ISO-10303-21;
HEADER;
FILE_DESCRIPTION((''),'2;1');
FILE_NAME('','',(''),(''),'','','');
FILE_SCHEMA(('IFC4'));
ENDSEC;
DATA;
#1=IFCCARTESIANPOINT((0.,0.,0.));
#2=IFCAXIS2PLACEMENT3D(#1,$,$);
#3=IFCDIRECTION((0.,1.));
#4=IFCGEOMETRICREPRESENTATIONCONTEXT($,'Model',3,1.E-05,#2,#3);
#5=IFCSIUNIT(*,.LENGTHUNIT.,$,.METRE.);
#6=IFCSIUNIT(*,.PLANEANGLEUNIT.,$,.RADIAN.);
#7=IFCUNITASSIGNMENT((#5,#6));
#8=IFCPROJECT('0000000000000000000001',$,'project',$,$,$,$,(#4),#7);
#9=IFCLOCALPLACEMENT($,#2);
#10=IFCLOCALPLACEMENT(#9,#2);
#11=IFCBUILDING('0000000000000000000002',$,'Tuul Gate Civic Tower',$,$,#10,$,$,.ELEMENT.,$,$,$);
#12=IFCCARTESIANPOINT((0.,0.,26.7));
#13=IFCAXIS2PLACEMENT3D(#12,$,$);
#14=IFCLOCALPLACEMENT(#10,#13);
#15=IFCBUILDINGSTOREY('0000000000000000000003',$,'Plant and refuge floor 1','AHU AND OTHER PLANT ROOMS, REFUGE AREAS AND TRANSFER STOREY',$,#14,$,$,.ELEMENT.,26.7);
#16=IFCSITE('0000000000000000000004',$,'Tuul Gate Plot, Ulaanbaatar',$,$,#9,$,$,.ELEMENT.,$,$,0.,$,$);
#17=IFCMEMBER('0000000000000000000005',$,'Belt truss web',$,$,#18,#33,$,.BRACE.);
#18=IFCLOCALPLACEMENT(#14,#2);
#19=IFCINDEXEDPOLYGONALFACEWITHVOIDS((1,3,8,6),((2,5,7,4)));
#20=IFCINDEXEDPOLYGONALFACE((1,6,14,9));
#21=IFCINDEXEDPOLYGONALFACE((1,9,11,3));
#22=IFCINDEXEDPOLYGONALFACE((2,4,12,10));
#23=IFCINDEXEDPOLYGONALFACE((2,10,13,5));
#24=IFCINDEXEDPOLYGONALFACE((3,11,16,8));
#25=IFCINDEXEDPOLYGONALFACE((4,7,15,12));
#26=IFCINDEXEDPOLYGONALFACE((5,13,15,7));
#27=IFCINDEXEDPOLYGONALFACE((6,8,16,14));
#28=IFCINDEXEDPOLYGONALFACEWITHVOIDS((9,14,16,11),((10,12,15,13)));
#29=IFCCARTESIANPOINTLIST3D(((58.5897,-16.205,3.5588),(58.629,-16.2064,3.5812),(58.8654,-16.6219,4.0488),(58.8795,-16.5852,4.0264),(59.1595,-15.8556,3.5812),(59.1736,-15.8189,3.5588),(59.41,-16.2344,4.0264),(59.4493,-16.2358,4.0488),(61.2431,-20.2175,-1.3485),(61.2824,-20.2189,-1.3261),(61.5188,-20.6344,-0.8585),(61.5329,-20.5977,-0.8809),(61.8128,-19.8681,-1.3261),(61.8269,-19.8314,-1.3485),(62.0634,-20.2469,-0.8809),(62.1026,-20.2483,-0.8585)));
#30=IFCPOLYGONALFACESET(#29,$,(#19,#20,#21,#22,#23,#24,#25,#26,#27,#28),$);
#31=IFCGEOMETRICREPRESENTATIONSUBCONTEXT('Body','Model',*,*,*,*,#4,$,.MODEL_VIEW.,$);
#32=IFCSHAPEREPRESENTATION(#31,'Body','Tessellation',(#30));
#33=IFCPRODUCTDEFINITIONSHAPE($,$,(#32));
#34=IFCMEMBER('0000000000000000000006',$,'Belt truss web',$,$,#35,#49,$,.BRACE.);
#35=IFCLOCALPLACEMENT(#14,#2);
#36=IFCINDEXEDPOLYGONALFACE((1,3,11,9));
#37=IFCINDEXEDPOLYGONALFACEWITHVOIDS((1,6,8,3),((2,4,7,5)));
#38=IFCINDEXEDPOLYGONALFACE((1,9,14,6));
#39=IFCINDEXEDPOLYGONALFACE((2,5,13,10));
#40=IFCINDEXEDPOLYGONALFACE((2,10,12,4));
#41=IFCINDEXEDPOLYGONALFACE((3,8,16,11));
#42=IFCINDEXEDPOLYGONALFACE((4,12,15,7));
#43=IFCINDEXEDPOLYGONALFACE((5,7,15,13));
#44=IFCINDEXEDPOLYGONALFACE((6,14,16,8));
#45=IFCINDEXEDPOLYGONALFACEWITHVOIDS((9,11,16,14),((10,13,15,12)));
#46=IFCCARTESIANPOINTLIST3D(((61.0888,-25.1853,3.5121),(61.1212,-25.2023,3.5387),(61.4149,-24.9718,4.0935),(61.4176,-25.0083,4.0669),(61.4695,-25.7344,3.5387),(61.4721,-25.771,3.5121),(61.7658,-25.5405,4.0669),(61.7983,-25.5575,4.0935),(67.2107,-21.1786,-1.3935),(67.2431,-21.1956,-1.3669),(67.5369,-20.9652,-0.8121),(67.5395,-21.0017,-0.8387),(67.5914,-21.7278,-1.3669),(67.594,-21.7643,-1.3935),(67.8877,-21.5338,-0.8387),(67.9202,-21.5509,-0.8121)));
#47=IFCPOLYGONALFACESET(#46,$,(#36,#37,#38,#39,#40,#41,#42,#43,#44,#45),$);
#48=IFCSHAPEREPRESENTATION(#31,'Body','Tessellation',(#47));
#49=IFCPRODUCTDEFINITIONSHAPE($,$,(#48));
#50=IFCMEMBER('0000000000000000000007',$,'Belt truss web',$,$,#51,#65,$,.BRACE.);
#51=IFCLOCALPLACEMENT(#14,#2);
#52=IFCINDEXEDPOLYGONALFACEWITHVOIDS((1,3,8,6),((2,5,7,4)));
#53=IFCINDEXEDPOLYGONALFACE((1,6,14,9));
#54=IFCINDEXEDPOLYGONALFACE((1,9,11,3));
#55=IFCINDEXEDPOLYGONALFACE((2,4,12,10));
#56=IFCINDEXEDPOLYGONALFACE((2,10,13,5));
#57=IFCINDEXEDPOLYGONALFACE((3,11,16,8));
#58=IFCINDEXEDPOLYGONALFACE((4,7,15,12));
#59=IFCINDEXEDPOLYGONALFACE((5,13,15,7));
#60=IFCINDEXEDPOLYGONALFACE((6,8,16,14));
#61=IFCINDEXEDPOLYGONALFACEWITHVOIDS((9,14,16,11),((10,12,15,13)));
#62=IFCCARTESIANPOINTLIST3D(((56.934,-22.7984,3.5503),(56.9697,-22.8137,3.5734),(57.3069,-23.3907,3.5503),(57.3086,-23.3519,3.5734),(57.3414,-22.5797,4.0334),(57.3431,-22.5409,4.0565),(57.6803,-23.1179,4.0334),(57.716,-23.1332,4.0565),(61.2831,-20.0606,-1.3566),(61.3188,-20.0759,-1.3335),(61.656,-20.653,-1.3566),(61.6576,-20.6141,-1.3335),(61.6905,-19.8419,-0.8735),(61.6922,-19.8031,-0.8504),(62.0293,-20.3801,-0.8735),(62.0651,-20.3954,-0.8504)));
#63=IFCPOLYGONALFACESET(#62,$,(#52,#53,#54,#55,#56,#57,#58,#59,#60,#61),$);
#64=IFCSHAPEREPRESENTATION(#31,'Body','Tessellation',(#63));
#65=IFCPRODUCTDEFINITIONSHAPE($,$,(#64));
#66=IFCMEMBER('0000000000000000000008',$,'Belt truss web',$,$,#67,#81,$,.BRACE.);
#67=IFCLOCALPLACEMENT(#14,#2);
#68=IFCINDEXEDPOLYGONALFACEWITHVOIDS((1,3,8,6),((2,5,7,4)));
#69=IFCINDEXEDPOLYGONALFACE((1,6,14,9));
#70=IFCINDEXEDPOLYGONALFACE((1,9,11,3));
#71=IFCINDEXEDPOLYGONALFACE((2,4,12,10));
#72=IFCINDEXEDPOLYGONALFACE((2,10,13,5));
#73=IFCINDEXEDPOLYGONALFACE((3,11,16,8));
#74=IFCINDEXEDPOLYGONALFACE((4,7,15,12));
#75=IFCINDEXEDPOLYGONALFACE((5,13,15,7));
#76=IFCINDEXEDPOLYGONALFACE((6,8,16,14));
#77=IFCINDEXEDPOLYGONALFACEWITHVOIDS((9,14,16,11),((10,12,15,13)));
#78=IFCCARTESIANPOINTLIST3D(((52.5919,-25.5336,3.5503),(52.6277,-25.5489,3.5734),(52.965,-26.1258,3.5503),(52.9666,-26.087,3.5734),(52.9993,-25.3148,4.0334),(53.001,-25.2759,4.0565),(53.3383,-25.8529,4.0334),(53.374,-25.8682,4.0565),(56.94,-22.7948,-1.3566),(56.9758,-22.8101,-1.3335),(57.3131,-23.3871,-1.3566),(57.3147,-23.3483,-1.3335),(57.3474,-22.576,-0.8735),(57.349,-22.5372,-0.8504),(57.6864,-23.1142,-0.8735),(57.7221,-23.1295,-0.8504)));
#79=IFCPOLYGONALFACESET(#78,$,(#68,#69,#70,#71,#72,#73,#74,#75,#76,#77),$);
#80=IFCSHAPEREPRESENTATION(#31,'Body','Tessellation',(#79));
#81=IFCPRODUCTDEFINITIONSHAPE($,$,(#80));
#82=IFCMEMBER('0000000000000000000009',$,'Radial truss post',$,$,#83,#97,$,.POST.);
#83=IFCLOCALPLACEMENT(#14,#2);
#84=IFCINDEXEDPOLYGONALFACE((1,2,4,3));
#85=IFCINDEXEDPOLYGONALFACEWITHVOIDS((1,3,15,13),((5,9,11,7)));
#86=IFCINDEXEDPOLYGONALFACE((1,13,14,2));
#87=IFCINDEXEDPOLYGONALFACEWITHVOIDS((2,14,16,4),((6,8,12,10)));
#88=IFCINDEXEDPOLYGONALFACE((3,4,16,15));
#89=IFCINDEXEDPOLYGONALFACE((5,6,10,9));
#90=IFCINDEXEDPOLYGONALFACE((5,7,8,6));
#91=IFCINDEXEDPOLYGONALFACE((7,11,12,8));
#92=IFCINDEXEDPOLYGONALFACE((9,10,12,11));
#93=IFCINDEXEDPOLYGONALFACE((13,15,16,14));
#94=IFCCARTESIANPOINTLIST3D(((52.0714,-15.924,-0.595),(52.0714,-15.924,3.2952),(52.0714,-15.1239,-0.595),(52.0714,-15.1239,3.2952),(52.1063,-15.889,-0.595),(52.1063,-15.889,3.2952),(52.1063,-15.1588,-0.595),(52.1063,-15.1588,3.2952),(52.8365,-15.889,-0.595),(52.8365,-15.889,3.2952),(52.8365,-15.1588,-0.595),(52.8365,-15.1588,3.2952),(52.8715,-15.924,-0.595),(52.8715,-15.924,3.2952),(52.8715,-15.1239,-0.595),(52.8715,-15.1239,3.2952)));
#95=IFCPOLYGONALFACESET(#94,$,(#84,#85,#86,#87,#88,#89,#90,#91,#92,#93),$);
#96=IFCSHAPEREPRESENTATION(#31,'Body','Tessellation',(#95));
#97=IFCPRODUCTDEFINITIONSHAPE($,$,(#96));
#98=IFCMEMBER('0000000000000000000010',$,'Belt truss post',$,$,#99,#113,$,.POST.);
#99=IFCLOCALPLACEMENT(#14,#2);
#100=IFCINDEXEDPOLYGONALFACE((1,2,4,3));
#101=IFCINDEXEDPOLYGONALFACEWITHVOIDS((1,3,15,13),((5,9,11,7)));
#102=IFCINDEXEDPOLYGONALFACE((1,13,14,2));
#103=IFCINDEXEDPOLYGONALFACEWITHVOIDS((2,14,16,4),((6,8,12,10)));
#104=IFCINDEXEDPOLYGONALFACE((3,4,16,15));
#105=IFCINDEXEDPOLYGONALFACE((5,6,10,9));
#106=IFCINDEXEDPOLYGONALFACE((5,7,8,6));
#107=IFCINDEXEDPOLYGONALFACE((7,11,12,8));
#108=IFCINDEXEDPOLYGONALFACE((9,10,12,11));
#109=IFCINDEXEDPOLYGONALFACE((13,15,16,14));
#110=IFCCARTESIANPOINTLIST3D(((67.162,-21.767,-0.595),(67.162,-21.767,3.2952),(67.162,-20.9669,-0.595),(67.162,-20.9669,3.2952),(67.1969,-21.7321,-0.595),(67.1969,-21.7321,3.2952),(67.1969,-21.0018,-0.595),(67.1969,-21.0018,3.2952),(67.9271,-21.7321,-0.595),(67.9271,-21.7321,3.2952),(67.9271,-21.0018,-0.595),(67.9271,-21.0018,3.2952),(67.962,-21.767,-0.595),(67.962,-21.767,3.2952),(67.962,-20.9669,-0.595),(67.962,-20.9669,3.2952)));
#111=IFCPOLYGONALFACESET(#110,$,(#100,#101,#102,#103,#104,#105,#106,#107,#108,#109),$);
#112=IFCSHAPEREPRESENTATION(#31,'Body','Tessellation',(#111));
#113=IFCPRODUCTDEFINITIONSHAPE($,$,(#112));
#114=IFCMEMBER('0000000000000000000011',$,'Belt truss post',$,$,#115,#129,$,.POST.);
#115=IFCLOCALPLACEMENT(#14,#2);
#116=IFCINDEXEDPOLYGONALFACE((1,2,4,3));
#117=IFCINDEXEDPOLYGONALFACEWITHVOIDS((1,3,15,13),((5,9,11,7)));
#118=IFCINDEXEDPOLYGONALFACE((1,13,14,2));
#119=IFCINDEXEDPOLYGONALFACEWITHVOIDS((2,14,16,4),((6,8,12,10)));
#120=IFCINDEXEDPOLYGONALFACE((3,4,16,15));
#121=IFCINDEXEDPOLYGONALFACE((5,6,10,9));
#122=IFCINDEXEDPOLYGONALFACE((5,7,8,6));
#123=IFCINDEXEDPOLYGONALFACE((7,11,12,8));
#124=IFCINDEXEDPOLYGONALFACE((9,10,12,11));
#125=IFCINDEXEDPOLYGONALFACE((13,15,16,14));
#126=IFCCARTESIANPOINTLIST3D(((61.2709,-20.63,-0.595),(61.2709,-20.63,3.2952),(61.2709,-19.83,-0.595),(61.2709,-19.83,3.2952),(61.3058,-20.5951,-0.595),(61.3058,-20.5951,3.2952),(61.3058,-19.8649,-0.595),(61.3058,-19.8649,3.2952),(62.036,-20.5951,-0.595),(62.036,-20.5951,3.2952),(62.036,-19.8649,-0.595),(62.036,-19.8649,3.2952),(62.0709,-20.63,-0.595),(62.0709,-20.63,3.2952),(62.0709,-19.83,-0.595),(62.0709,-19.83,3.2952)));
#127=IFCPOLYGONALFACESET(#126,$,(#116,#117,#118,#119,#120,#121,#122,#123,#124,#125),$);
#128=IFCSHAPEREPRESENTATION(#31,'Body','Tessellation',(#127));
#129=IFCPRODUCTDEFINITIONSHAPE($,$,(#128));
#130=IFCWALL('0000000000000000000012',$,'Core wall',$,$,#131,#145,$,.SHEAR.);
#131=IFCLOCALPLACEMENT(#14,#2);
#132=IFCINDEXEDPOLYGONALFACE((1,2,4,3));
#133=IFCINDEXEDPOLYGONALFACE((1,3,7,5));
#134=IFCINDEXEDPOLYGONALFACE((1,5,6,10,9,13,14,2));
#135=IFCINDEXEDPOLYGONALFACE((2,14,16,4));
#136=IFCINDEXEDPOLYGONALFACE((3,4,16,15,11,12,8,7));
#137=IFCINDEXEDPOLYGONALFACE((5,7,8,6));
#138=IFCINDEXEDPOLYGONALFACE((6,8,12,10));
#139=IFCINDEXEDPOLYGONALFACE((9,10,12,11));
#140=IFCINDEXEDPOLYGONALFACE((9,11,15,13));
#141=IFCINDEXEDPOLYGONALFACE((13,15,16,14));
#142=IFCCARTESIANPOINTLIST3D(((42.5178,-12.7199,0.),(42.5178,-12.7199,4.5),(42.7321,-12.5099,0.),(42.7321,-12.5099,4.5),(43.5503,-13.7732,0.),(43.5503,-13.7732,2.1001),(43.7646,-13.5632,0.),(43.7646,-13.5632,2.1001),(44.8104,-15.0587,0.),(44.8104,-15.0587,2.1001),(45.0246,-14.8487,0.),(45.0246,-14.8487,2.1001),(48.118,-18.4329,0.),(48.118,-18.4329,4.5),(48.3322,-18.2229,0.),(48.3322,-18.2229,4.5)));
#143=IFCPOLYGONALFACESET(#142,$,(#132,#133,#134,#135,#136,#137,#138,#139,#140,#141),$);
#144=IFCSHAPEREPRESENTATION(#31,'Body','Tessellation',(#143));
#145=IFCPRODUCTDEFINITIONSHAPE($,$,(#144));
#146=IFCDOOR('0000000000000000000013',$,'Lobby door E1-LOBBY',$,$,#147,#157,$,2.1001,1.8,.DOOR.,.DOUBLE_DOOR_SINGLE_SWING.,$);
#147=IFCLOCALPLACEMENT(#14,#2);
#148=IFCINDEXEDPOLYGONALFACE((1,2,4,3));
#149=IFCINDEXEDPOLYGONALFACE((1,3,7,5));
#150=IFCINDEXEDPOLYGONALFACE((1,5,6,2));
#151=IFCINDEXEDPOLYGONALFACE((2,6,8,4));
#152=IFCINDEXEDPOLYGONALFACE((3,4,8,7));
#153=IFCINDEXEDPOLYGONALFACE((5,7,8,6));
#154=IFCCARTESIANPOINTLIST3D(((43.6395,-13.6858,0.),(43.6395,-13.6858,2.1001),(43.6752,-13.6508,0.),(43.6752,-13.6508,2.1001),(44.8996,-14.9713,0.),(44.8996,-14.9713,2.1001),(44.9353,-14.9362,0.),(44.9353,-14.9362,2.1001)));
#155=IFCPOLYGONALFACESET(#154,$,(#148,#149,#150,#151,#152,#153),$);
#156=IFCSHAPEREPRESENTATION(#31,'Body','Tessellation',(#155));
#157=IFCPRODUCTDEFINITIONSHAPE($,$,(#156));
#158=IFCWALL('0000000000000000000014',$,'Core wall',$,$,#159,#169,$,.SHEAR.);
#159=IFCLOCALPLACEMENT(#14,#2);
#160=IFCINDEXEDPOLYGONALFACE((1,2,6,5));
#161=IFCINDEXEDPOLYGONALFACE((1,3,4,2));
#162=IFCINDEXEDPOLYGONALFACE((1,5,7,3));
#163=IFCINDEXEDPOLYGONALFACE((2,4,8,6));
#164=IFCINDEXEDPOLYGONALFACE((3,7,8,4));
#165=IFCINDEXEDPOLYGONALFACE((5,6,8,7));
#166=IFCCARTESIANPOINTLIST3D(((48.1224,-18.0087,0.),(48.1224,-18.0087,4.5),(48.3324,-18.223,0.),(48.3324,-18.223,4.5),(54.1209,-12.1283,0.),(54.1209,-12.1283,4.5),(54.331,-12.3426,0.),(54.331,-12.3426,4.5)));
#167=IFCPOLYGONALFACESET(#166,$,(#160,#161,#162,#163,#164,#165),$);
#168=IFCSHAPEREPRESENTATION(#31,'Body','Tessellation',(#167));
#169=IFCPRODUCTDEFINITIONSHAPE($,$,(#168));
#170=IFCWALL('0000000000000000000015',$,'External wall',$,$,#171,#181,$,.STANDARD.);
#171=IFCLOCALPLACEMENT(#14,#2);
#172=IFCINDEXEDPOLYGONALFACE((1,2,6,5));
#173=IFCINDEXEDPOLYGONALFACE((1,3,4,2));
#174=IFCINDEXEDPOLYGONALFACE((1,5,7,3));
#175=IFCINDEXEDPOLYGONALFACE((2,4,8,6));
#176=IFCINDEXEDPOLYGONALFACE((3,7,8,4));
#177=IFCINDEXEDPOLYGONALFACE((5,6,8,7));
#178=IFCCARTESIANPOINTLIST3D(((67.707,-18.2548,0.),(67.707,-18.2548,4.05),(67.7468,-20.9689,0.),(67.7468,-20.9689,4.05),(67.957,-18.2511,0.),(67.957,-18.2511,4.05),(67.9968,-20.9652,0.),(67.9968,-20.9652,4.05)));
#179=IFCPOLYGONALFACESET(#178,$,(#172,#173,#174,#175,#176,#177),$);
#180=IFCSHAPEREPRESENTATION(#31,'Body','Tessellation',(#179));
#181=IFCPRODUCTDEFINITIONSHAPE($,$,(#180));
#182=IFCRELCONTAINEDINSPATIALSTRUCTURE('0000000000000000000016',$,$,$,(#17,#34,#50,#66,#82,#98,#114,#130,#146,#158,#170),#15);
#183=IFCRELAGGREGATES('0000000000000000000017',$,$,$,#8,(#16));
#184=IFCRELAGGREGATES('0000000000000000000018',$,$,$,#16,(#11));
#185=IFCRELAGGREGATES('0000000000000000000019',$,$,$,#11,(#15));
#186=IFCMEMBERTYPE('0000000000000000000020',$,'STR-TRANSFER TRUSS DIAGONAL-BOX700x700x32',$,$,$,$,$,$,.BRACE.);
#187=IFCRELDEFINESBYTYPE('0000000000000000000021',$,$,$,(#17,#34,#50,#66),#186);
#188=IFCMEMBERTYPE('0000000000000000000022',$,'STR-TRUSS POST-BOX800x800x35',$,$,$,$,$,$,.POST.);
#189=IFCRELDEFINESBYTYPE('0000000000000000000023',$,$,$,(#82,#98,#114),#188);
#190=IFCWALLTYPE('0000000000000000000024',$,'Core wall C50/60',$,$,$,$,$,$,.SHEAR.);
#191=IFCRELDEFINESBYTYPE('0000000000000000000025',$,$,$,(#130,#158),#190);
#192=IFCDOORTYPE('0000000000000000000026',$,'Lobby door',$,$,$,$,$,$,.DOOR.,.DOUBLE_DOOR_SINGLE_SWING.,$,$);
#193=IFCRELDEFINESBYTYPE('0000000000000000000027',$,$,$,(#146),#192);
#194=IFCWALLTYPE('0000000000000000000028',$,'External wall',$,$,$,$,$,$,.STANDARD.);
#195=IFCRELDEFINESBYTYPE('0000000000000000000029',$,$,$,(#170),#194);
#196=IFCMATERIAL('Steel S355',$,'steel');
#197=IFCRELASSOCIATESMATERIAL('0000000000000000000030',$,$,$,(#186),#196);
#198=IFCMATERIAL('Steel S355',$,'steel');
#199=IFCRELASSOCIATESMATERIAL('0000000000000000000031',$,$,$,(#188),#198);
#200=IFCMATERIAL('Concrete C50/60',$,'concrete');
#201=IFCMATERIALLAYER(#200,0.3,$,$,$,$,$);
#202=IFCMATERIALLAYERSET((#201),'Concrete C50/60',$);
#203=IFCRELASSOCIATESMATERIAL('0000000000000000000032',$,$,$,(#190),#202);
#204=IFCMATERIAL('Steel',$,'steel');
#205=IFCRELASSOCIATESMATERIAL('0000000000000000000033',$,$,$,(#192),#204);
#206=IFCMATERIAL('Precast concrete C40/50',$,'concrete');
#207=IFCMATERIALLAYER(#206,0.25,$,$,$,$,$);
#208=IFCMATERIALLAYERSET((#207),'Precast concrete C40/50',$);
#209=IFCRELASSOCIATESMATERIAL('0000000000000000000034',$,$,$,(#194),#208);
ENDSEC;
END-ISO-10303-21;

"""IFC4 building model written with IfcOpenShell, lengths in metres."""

from ifc_helpers import new_model, si_unit, direction, frame, frame_2d, origin, origin_2d, place, context, subcontext, project, spatial, rectangle, hollow_rectangle, extrude, material, layer, layer_set, material_profile, profile_set, type_object, element, fill, save


model = new_model("IFC4")

# Units and contexts
model_context = context("Model", 3, precision=1e-05, world=origin(), true_north=direction((0.0, 1.0)))
body_context = subcontext(model_context, "Body", "Model", "MODEL_VIEW")
ifc_project = project(units=[si_unit("LENGTHUNIT", "METRE"), si_unit("PLANEANGLEUNIT", "RADIAN")], contexts=[model_context])

# Site, building, storey
site_placement = place(None, origin())
site = spatial("IfcSite", under=ifc_project, at=site_placement, Name="Tuul Gate Plot, Ulaanbaatar", CompositionType="ELEMENT", RefElevation=0.0)
building_placement = place(site_placement, origin())
building = spatial("IfcBuilding", under=site, at=building_placement, Name="Tuul Gate Civic Tower", CompositionType="ELEMENT")
storey_placement = place(building_placement, frame((0.0, 0.0, 26.7)))
storey = spatial("IfcBuildingStorey", under=building, at=storey_placement, Name="Plant and refuge floor 1", Description="AHU AND OTHER PLANT ROOMS, REFUGE AREAS AND TRANSFER STOREY", CompositionType="ELEMENT", Elevation=26.7)

# Members
ifc_material_1 = material(Name="Steel S355", Category="steel")
ifc_material_profile_1 = material_profile(ifc_material_1, hollow_rectangle(XDim=0.7, YDim=0.7, WallThickness=0.032, at=origin_2d()), Name="BOX700x700x32")
ifc_profile_set_1 = profile_set([ifc_material_profile_1], Name="Steel S355")
member_type_1 = type_object("IfcMemberType", Name="STR-TRANSFER TRUSS DIAGONAL-BOX700x700x32", PredefinedType="BRACE", material=ifc_profile_set_1)
member_1_placement = place(storey_placement, frame((61.6729, -20.2329, -1.1035), z_axis=(-0.386121, 0.583907, 0.714118), x_axis=(-0.834121, -0.551581, 0.0)))
element("IfcMember", 1, at=member_1_placement, inside=storey, type_object=member_type_1, Name="Belt truss web", PredefinedType="BRACE", context=body_context, shape_type="SweptSolid", body=[
    extrude(hollow_rectangle(XDim=0.7, YDim=0.7, WallThickness=0.032, at=origin_2d()), origin(), (0.0, 0.0, 1.0), 6.8718),
])
member_2_placement = place(storey_placement, frame((67.5654, -21.3647, -1.1028), z_axis=(-0.694973, -0.454844, 0.556893), x_axis=(0.547619, -0.836728, 0.0)))
element("IfcMember", 2, at=member_2_placement, inside=storey, type_object=member_type_1, Name="Belt truss web", PredefinedType="BRACE", context=body_context, shape_type="SweptSolid", body=[
    extrude(hollow_rectangle(XDim=0.7, YDim=0.7, WallThickness=0.032, at=origin_2d()), origin(), (0.0, 0.0, 1.0), 8.8088),
])
member_3_placement = place(storey_placement, frame((61.6741, -20.228, -1.1035), z_axis=(-0.612074, -0.385303, 0.690584), x_axis=(0.532738, -0.84628, 0.0)))
element("IfcMember", 3, at=member_3_placement, inside=storey, type_object=member_type_1, Name="Belt truss web", PredefinedType="BRACE", context=body_context, shape_type="SweptSolid", body=[
    extrude(hollow_rectangle(XDim=0.7, YDim=0.7, WallThickness=0.032, at=origin_2d()), origin(), (0.0, 0.0, 1.0), 7.1055),
])
member_4_placement = place(storey_placement, frame((57.3311, -22.9622, -1.1035), z_axis=(-0.611955, -0.385453, 0.690606), x_axis=(0.532959, -0.846141, 0.0)))
element("IfcMember", 4, at=member_4_placement, inside=storey, type_object=member_type_1, Name="Belt truss web", PredefinedType="BRACE", context=body_context, shape_type="SweptSolid", body=[
    extrude(hollow_rectangle(XDim=0.7, YDim=0.7, WallThickness=0.032, at=origin_2d()), origin(), (0.0, 0.0, 1.0), 7.1052),
])
ifc_material_2 = material(Name="Steel S355", Category="steel")
ifc_material_profile_2 = material_profile(ifc_material_2, hollow_rectangle(XDim=0.8, YDim=0.8, WallThickness=0.0349, at=origin_2d()), Name="BOX800x800x35")
ifc_profile_set_2 = profile_set([ifc_material_profile_2], Name="Steel S355")
member_type_2 = type_object("IfcMemberType", Name="STR-TRUSS POST-BOX800x800x35", PredefinedType="POST", material=ifc_profile_set_2)
for number, where, z_axis, x_axis, name in (
    (5, (52.4714, -15.5239, -0.595), (0.0, 0.0, 1.0), (1.0, 0.0, 0.0), "Radial truss post"),
    (6, (67.562, -21.3669, -0.595), (0.0, 0.0, 1.0), (1.0, 0.0, 0.0), "Belt truss post"),
    (7, (61.6709, -20.23, -0.595), (0.0, 0.0, 1.0), (1.0, 0.0, 0.0), "Belt truss post"),
):
    element("IfcMember", number, at=place(storey_placement, frame(where, z_axis=z_axis, x_axis=x_axis)), inside=storey, type_object=member_type_2, Name=name, PredefinedType="POST", context=body_context, shape_type="SweptSolid", body=[
        extrude(hollow_rectangle(XDim=0.8, YDim=0.8, WallThickness=0.0349, at=origin_2d()), origin(), (0.0, 0.0, 1.0), 3.8901),
    ])

# Wall, opening, door
ifc_material_3 = material(Name="Concrete C50/60", Category="concrete")
ifc_layer_1 = layer(ifc_material_3, 0.3)
ifc_layer_set_1 = layer_set([ifc_layer_1], Name="Concrete C50/60")
wall_type_1 = type_object("IfcWallType", Name="Core wall C50/60", PredefinedType="SHEAR", material=ifc_layer_set_1)
wall_1_placement = place(storey_placement, frame((48.2251, -18.3279, 0.0), z_axis=(0.0, 0.0, 1.0), x_axis=(-0.700022, 0.714121, 0.0)))
wall_1 = element("IfcWall", 8, at=wall_1_placement, inside=storey, type_object=wall_type_1, Name="Core wall", PredefinedType="SHEAR", context=body_context, shape_type="SweptSolid", body=[
    extrude(rectangle(XDim=8.0, YDim=0.3, at=frame_2d((4.0, 0.0))), origin(), (0.0, 0.0, 1.0), 4.5),
])
opening_placement = place(wall_1_placement, frame((4.7251, 0.0, 0.0)))
opening = element("IfcOpeningElement", 9, at=opening_placement, cuts=wall_1, PredefinedType="OPENING", context=body_context, shape_type="SweptSolid", body=[
    extrude(rectangle(XDim=1.8, YDim=2.1001, at=frame_2d((0.8999, 1.05))), frame((0.0, 0.1602, 0.0), z_axis=(0.0, -1.0, 0.0), x_axis=(1.0, 0.0, 0.0)), (0.0, 0.0, 1.0), 0.3201),
])
ifc_material_4 = material(Name="Steel", Category="steel")
door_type = type_object("IfcDoorType", Name="Lobby door", OperationType="DOUBLE_DOOR_SINGLE_SWING", PredefinedType="DOOR", material=ifc_material_4)
door_placement = place(opening_placement, frame((1.8, 0.0, 0.0), z_axis=(0.0, 0.0, 1.0), x_axis=(-1.0, 0.0, 0.0)))
door = element("IfcDoor", 10, at=door_placement, inside=storey, type_object=door_type, Name="Lobby door E1-LOBBY", OperationType="DOUBLE_DOOR_SINGLE_SWING", OverallHeight=2.1001, OverallWidth=1.8, PredefinedType="DOOR", context=body_context, shape_type="SweptSolid", body=[
    extrude(rectangle(XDim=1.8, YDim=2.1001, at=frame_2d((0.9001, 1.05))), frame((0.0, 0.0249, 0.0), z_axis=(0.0, -1.0, 0.0), x_axis=(1.0, 0.0, 0.0)), (0.0, 0.0, 1.0), 0.05),
])
fill(opening, door)

# Walls
wall_2_placement = place(storey_placement, frame((48.2273, -18.116, 0.0), z_axis=(0.0, 0.0, 1.0), x_axis=(0.714105, 0.700038, 0.0)))
element("IfcWall", 11, at=wall_2_placement, inside=storey, type_object=wall_type_1, Name="Core wall", PredefinedType="SHEAR", context=body_context, shape_type="SweptSolid", body=[
    extrude(rectangle(XDim=8.4001, YDim=0.3, at=frame_2d((4.2002, 0.0))), origin(), (0.0, 0.0, 1.0), 4.5),
])
ifc_material_5 = material(Name="Precast concrete C40/50", Category="concrete")
ifc_layer_2 = layer(ifc_material_5, 0.25)
ifc_layer_set_2 = layer_set([ifc_layer_2], Name="Precast concrete C40/50")
wall_type_2 = type_object("IfcWallType", Name="External wall", PredefinedType="STANDARD", material=ifc_layer_set_2)
wall_3_placement = place(storey_placement, frame((67.8718, -20.967, 0.0), z_axis=(0.0, 0.0, 1.0), x_axis=(-0.014661, 0.999893, 0.0)))
element("IfcWall", 12, at=wall_3_placement, inside=storey, type_object=wall_type_2, Name="External wall", PredefinedType="STANDARD", context=body_context, shape_type="SweptSolid", body=[
    extrude(rectangle(XDim=2.7144, YDim=0.25, at=frame_2d((1.3572, 0.0))), origin(), (0.0, 0.0, 1.0), 4.05),
])

save(model, "model.ifc")
